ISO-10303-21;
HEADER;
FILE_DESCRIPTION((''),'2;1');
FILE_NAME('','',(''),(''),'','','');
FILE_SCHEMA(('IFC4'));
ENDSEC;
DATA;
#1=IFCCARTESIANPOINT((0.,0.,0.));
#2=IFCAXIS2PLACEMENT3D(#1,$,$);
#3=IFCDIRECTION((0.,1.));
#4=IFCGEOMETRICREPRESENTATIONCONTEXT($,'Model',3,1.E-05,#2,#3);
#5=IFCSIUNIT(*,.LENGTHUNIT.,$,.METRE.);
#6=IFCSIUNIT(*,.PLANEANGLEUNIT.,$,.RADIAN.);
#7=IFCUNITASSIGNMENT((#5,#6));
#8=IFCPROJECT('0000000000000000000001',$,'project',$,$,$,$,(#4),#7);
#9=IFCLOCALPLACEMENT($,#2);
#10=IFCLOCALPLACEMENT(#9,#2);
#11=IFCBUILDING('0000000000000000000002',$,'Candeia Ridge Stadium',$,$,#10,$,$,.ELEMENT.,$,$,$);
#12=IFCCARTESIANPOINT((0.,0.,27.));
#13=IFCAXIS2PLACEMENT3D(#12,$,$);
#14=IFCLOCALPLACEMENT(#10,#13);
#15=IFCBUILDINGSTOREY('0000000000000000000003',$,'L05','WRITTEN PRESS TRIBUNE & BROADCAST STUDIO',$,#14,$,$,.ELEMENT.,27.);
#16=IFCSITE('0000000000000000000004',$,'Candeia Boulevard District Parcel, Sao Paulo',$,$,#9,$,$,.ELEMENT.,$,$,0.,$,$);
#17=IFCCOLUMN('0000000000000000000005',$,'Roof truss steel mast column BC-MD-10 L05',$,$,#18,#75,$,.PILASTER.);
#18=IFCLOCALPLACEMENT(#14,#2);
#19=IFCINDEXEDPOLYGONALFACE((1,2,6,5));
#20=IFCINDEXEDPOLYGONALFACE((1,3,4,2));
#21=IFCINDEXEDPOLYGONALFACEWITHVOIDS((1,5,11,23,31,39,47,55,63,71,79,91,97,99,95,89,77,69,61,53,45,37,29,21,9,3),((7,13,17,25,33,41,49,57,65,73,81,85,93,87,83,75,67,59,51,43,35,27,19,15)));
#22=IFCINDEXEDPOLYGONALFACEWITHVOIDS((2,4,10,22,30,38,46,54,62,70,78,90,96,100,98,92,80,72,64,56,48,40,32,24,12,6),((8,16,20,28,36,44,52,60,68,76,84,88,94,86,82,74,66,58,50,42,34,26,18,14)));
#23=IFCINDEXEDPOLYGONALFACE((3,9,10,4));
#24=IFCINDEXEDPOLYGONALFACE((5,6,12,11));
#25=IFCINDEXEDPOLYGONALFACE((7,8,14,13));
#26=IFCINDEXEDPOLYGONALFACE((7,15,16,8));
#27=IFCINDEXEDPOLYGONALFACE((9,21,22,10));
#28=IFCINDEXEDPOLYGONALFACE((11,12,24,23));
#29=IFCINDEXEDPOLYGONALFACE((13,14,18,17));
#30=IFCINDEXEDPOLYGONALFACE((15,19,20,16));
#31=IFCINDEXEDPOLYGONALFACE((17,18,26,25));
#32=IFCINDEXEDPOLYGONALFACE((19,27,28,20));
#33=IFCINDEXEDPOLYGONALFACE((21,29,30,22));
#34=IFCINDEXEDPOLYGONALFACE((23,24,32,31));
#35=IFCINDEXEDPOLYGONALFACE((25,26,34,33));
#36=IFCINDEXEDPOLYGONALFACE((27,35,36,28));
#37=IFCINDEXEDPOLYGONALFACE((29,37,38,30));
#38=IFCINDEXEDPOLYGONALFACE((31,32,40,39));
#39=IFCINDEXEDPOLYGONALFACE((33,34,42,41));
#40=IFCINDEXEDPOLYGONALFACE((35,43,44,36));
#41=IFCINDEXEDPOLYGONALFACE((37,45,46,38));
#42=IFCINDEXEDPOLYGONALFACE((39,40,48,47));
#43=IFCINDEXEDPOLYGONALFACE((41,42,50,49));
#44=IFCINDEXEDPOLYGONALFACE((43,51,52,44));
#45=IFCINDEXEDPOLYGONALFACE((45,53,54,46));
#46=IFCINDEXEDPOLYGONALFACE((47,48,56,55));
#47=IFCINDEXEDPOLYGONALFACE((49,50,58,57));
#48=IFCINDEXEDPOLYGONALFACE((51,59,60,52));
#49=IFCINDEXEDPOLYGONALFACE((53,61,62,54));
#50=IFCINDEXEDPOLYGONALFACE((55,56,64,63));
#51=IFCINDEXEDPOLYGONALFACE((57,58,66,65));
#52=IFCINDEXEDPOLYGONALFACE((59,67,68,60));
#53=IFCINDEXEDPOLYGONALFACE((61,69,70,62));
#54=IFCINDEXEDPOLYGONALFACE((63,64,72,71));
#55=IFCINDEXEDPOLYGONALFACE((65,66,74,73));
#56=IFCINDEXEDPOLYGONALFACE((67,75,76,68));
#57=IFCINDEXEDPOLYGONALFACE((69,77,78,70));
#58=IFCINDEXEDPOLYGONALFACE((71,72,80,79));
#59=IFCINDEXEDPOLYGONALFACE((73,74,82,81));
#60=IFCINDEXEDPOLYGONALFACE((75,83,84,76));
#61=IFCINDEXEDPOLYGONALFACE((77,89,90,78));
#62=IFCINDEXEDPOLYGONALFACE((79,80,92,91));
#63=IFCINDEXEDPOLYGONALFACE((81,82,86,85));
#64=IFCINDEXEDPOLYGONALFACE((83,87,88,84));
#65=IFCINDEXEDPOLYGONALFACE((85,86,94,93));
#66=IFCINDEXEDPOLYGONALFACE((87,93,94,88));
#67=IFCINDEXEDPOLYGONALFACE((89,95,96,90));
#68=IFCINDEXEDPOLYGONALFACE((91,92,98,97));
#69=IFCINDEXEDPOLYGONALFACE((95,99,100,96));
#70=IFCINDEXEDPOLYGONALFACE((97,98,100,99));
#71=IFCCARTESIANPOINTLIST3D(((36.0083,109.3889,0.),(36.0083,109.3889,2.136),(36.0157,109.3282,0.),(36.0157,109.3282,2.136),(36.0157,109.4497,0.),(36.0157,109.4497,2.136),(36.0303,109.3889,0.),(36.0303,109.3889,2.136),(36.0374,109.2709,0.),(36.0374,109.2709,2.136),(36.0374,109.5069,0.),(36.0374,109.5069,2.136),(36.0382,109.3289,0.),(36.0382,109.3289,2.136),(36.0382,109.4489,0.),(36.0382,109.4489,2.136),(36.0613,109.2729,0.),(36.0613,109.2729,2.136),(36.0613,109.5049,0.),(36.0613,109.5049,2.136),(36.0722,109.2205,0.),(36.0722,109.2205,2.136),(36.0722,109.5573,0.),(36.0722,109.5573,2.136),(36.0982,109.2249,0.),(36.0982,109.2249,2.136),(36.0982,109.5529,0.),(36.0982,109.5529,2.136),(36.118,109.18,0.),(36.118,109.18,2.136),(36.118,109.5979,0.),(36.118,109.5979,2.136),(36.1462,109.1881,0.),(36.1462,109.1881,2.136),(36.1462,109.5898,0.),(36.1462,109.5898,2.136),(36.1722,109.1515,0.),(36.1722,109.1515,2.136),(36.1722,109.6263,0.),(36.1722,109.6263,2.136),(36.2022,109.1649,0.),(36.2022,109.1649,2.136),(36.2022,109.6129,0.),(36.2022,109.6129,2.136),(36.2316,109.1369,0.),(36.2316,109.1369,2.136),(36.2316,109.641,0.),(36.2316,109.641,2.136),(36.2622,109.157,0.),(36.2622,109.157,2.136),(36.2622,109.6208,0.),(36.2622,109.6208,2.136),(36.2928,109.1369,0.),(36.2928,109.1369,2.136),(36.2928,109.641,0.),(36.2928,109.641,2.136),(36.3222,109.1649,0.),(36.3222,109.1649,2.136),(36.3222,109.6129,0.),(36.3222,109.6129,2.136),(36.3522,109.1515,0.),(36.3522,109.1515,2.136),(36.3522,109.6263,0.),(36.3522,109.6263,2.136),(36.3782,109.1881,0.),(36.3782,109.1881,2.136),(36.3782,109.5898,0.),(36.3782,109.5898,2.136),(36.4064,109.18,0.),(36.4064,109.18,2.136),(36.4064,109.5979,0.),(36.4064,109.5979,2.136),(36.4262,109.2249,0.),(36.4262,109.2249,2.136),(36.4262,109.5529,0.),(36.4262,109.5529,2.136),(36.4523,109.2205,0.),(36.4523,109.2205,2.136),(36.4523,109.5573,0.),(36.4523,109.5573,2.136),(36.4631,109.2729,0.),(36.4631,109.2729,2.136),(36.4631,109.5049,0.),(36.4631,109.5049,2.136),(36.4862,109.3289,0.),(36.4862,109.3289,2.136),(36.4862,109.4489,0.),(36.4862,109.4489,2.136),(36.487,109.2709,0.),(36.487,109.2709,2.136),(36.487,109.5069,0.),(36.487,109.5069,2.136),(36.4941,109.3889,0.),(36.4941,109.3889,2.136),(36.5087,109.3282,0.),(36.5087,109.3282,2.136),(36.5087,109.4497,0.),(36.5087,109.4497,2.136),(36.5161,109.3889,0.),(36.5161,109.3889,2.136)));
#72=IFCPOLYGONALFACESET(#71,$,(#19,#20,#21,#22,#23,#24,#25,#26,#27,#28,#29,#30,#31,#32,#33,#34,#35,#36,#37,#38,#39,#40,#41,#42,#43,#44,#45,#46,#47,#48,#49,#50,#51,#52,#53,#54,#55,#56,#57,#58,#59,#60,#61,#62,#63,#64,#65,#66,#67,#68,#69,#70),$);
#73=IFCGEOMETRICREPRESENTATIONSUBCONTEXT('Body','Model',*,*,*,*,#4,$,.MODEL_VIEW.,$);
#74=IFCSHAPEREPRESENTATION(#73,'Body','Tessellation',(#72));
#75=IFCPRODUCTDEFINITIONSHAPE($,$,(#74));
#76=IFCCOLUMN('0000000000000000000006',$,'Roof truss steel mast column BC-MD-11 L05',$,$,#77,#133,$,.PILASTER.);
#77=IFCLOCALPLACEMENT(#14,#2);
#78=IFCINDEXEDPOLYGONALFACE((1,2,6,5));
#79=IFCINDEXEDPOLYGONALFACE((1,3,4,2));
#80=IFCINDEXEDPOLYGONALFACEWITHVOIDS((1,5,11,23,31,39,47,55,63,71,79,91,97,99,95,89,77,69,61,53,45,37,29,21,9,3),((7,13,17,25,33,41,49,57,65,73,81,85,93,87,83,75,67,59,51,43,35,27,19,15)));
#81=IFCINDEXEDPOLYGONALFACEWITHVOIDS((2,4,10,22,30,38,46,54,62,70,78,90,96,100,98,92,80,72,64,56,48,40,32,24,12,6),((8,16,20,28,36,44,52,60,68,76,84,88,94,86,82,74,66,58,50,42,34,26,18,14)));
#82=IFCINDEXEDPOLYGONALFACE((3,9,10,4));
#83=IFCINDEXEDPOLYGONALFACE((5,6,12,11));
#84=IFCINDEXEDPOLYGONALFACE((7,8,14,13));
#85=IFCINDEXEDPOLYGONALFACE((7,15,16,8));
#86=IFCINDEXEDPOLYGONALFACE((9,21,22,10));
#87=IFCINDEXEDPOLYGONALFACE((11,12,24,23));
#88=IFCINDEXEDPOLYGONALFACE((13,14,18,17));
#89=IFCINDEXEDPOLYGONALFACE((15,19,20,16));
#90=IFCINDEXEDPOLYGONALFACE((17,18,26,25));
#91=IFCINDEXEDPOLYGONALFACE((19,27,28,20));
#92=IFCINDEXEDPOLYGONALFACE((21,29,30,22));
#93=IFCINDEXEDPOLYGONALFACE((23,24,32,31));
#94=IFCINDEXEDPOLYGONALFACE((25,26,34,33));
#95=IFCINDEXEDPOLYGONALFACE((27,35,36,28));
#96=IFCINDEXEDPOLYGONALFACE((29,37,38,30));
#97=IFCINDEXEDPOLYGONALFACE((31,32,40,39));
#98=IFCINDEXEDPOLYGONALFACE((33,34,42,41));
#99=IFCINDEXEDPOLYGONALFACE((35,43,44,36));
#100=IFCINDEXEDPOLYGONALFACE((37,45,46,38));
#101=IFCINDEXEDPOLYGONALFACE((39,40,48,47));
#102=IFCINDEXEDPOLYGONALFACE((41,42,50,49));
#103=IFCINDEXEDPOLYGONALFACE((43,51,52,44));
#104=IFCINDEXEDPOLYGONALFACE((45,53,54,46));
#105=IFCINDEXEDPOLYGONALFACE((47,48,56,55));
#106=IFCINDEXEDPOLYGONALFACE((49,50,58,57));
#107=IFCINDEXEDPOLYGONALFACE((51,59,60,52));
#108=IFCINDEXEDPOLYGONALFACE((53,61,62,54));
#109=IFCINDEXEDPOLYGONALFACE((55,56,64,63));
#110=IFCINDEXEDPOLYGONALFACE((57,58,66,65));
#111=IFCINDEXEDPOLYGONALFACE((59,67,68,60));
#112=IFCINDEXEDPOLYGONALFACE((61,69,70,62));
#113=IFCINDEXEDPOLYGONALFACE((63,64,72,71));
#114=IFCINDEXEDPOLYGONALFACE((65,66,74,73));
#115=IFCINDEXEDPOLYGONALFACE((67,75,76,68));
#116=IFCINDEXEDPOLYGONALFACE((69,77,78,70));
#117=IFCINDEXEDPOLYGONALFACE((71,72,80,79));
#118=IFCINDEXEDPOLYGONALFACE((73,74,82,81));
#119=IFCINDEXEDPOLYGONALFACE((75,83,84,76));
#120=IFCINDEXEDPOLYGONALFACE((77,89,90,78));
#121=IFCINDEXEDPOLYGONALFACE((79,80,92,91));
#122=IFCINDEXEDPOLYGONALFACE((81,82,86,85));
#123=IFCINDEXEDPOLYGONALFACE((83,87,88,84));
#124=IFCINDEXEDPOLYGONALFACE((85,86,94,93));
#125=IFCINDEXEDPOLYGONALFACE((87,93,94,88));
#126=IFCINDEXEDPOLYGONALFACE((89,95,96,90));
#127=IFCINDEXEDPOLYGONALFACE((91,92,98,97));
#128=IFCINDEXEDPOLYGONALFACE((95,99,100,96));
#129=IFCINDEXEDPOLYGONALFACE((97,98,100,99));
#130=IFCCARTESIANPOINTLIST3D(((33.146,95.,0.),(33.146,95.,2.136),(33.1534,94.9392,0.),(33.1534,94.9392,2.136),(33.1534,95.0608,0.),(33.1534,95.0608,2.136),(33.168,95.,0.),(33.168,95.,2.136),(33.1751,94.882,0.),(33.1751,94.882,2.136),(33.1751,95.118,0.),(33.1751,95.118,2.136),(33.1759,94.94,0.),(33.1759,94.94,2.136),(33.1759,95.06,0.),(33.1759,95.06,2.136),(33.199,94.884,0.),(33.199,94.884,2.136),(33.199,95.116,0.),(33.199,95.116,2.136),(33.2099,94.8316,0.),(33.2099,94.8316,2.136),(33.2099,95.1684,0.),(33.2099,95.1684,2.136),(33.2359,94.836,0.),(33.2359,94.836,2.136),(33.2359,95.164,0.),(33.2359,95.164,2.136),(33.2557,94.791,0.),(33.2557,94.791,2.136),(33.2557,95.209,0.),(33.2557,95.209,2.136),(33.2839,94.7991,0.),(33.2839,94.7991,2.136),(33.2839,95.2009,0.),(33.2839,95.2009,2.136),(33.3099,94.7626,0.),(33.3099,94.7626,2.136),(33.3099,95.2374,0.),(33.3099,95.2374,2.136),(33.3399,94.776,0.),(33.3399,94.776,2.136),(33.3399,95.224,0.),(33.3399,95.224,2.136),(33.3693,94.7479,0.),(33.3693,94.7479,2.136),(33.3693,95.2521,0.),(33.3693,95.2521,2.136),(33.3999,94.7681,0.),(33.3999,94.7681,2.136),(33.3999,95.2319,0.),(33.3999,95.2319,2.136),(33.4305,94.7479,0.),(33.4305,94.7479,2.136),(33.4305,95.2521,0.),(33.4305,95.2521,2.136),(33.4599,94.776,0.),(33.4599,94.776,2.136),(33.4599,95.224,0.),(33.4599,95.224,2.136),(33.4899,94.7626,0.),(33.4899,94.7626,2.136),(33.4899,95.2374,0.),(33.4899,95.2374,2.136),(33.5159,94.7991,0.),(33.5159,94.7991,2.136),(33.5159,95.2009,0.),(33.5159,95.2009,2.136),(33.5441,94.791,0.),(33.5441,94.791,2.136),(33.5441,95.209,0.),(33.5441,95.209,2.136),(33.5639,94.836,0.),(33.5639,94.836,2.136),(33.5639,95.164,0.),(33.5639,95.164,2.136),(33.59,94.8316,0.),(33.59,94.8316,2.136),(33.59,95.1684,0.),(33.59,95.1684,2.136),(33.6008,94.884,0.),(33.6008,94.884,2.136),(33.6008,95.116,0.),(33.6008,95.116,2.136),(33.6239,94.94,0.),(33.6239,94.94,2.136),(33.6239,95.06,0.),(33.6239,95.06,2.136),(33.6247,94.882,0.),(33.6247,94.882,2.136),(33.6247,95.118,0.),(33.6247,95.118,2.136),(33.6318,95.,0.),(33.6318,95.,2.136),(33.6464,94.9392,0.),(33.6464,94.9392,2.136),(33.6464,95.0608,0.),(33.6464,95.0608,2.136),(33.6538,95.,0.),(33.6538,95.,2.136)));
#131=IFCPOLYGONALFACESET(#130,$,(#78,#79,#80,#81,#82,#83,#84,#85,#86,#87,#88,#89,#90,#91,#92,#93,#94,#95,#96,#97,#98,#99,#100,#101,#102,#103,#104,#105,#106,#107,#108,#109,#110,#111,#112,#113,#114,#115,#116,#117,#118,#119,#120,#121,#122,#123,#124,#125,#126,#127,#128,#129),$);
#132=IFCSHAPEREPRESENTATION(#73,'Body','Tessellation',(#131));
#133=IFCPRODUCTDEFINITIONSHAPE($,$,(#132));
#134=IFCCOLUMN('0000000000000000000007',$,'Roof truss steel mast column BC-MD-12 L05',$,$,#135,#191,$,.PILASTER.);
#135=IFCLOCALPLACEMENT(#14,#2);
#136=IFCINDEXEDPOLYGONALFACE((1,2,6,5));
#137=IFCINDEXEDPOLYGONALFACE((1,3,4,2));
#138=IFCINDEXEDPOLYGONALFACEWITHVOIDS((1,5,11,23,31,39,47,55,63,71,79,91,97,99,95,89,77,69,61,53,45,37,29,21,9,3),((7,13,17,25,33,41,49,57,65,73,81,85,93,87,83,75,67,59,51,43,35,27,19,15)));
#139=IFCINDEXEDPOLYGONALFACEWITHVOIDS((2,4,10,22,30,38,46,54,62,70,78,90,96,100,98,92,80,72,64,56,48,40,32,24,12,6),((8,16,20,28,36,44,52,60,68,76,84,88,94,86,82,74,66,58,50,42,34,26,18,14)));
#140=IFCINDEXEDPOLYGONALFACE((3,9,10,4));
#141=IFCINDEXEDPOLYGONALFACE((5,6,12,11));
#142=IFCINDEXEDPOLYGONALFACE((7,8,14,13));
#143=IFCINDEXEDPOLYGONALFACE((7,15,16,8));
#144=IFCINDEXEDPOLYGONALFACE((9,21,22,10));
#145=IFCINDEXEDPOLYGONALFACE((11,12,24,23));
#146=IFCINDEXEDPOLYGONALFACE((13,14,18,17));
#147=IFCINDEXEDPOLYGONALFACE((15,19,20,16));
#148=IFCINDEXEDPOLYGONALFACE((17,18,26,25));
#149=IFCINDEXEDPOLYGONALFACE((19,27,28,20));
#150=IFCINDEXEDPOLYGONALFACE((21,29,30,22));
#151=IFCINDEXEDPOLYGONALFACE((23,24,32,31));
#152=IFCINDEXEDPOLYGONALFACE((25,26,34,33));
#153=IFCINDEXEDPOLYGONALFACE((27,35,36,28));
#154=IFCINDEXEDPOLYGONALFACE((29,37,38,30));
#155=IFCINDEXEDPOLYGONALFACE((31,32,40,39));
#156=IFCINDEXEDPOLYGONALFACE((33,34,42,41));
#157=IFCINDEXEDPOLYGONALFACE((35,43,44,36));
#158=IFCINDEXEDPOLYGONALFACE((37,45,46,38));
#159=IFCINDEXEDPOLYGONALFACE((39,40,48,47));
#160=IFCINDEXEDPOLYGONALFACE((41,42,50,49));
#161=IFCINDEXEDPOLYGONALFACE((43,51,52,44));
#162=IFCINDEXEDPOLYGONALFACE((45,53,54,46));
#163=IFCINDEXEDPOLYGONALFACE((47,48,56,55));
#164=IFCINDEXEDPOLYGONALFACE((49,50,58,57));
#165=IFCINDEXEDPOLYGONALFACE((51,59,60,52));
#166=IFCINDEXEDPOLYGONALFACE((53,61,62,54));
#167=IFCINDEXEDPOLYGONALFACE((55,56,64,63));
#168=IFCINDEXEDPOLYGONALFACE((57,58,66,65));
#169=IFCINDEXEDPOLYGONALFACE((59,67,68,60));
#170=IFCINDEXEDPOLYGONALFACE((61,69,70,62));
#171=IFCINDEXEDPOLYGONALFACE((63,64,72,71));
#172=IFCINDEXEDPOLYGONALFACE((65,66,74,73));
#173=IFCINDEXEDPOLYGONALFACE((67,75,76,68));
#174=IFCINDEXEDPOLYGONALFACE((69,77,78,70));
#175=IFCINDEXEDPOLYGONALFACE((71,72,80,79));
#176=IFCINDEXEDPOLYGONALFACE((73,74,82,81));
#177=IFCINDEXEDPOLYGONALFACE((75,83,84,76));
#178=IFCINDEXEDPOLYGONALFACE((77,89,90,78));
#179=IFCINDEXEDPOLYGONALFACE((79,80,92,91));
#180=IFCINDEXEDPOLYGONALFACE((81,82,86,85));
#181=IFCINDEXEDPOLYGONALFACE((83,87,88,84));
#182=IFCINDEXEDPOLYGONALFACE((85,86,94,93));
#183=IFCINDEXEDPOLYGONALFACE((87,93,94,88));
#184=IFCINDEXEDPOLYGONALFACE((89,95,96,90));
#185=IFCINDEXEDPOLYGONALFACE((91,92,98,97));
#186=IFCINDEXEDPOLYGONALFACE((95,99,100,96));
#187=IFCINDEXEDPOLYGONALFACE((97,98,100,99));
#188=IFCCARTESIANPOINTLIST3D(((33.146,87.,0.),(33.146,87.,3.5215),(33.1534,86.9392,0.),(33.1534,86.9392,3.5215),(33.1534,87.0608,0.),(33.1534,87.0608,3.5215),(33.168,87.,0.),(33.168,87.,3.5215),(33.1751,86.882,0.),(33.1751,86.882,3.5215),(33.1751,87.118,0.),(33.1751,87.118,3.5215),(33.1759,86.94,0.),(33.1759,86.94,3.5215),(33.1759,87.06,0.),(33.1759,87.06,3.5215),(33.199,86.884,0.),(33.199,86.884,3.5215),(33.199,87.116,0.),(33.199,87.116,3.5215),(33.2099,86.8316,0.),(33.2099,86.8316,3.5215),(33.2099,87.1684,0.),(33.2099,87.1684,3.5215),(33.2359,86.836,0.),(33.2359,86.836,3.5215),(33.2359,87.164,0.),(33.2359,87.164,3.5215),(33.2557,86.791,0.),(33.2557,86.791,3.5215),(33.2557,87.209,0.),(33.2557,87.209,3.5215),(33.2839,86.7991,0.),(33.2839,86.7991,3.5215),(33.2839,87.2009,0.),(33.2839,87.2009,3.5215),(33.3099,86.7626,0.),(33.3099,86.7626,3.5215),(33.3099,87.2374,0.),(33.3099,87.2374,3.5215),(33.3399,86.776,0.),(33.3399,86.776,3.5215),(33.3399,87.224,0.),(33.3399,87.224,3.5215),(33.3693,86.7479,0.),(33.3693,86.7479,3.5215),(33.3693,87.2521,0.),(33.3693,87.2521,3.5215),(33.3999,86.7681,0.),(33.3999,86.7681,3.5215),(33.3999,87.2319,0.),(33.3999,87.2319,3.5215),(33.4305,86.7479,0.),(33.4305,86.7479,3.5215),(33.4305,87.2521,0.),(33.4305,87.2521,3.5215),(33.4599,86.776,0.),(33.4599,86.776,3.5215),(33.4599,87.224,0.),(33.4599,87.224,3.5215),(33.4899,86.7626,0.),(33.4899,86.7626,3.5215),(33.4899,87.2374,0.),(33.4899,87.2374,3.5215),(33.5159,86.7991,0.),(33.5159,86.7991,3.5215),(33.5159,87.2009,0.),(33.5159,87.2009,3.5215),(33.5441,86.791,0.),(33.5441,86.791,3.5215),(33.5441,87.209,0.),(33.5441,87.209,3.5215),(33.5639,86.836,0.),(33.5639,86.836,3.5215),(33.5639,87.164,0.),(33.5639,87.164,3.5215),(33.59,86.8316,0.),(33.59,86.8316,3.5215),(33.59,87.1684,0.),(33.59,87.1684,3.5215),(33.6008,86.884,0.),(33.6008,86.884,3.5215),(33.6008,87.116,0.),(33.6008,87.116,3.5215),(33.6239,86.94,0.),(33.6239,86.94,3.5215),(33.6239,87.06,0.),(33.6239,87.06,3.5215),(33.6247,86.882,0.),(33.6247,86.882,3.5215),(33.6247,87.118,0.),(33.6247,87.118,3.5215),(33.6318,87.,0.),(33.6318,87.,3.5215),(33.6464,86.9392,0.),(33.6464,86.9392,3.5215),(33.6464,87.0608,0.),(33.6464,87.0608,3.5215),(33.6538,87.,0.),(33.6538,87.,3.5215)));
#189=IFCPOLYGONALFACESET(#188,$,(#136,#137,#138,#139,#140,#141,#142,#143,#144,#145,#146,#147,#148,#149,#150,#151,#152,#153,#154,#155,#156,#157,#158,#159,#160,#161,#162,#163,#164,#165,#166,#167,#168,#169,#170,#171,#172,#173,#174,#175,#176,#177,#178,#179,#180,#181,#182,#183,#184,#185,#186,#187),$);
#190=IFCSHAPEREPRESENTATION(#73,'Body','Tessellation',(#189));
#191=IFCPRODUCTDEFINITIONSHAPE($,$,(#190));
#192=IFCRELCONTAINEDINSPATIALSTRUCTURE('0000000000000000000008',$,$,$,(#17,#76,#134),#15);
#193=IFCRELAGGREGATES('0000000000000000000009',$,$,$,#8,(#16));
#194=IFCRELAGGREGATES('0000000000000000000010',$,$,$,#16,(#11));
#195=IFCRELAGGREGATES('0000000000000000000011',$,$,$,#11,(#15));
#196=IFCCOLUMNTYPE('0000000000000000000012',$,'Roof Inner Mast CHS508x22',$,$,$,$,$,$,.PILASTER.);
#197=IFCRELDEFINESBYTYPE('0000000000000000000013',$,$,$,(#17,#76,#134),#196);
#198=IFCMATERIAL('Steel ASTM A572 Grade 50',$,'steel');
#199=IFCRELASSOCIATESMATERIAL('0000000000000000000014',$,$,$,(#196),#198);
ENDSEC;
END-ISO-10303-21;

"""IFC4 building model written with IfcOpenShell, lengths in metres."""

from ifc_helpers import new_model, si_unit, direction, frame, origin, origin_2d, place, context, subcontext, project, spatial, hollow_circle, extrude, material, material_profile, profile_set, type_object, element, save


model = new_model("IFC4")

# Units and contexts
model_context = context("Model", 3, precision=1e-05, world=origin(), true_north=direction((0.0, 1.0)))
body_context = subcontext(model_context, "Body", "Model", "MODEL_VIEW")
ifc_project = project(units=[si_unit("LENGTHUNIT", "METRE"), si_unit("PLANEANGLEUNIT", "RADIAN")], contexts=[model_context])

# Site, building, storey
site_placement = place(None, origin())
site = spatial("IfcSite", under=ifc_project, at=site_placement, Name="Candeia Boulevard District Parcel, Sao Paulo", CompositionType="ELEMENT", RefElevation=0.0)
building_placement = place(site_placement, origin())
building = spatial("IfcBuilding", under=site, at=building_placement, Name="Candeia Ridge Stadium", CompositionType="ELEMENT")
storey_placement = place(building_placement, frame((0.0, 0.0, 27.0)))
storey = spatial("IfcBuildingStorey", under=building, at=storey_placement, Name="L05", Description="WRITTEN PRESS TRIBUNE & BROADCAST STUDIO", CompositionType="ELEMENT", Elevation=27.0)

# Columns
ifc_material_1 = material(Name="Steel ASTM A572 Grade 50", Category="steel")
ifc_material_profile_1 = material_profile(ifc_material_1, hollow_circle(Radius=0.2539, WallThickness=0.022, at=origin_2d()), Name="CHS508x22", Category="steel")
ifc_profile_set_1 = profile_set([ifc_material_profile_1], Name="Steel ASTM A572 Grade 50")
column_type_1 = type_object("IfcColumnType", Name="Roof Inner Mast CHS508x22", PredefinedType="PILASTER", material=ifc_profile_set_1)
for number, where, z_axis, x_axis, name in (
    (1, (36.2622, 109.3889, 0.0), (0.0, 0.0, 1.0), (1.0, 0.0, 0.0), "Roof truss steel mast column BC-MD-10 L05"),
    (2, (33.3999, 95.0, 0.0), (0.0, 0.0, 1.0), (1.0, 0.0, 0.0), "Roof truss steel mast column BC-MD-11 L05"),
):
    element("IfcColumn", number, at=place(storey_placement, frame(where, z_axis=z_axis, x_axis=x_axis)), inside=storey, type_object=column_type_1, Name=name, PredefinedType="PILASTER", context=body_context, shape_type="SweptSolid", body=[
        extrude(hollow_circle(Radius=0.2539, WallThickness=0.022, at=origin_2d()), origin(), (0.0, 0.0, 1.0), 2.136),
    ])
column_placement = place(storey_placement, frame((33.3999, 87.0, 0.0), z_axis=(0.0, 0.0, 1.0), x_axis=(1.0, 0.0, 0.0)))
element("IfcColumn", 3, at=column_placement, inside=storey, type_object=column_type_1, Name="Roof truss steel mast column BC-MD-12 L05", PredefinedType="PILASTER", context=body_context, shape_type="SweptSolid", body=[
    extrude(hollow_circle(Radius=0.2539, WallThickness=0.022, at=origin_2d()), origin(), (0.0, 0.0, 1.0), 3.5215),
])

save(model, "model.ifc")
